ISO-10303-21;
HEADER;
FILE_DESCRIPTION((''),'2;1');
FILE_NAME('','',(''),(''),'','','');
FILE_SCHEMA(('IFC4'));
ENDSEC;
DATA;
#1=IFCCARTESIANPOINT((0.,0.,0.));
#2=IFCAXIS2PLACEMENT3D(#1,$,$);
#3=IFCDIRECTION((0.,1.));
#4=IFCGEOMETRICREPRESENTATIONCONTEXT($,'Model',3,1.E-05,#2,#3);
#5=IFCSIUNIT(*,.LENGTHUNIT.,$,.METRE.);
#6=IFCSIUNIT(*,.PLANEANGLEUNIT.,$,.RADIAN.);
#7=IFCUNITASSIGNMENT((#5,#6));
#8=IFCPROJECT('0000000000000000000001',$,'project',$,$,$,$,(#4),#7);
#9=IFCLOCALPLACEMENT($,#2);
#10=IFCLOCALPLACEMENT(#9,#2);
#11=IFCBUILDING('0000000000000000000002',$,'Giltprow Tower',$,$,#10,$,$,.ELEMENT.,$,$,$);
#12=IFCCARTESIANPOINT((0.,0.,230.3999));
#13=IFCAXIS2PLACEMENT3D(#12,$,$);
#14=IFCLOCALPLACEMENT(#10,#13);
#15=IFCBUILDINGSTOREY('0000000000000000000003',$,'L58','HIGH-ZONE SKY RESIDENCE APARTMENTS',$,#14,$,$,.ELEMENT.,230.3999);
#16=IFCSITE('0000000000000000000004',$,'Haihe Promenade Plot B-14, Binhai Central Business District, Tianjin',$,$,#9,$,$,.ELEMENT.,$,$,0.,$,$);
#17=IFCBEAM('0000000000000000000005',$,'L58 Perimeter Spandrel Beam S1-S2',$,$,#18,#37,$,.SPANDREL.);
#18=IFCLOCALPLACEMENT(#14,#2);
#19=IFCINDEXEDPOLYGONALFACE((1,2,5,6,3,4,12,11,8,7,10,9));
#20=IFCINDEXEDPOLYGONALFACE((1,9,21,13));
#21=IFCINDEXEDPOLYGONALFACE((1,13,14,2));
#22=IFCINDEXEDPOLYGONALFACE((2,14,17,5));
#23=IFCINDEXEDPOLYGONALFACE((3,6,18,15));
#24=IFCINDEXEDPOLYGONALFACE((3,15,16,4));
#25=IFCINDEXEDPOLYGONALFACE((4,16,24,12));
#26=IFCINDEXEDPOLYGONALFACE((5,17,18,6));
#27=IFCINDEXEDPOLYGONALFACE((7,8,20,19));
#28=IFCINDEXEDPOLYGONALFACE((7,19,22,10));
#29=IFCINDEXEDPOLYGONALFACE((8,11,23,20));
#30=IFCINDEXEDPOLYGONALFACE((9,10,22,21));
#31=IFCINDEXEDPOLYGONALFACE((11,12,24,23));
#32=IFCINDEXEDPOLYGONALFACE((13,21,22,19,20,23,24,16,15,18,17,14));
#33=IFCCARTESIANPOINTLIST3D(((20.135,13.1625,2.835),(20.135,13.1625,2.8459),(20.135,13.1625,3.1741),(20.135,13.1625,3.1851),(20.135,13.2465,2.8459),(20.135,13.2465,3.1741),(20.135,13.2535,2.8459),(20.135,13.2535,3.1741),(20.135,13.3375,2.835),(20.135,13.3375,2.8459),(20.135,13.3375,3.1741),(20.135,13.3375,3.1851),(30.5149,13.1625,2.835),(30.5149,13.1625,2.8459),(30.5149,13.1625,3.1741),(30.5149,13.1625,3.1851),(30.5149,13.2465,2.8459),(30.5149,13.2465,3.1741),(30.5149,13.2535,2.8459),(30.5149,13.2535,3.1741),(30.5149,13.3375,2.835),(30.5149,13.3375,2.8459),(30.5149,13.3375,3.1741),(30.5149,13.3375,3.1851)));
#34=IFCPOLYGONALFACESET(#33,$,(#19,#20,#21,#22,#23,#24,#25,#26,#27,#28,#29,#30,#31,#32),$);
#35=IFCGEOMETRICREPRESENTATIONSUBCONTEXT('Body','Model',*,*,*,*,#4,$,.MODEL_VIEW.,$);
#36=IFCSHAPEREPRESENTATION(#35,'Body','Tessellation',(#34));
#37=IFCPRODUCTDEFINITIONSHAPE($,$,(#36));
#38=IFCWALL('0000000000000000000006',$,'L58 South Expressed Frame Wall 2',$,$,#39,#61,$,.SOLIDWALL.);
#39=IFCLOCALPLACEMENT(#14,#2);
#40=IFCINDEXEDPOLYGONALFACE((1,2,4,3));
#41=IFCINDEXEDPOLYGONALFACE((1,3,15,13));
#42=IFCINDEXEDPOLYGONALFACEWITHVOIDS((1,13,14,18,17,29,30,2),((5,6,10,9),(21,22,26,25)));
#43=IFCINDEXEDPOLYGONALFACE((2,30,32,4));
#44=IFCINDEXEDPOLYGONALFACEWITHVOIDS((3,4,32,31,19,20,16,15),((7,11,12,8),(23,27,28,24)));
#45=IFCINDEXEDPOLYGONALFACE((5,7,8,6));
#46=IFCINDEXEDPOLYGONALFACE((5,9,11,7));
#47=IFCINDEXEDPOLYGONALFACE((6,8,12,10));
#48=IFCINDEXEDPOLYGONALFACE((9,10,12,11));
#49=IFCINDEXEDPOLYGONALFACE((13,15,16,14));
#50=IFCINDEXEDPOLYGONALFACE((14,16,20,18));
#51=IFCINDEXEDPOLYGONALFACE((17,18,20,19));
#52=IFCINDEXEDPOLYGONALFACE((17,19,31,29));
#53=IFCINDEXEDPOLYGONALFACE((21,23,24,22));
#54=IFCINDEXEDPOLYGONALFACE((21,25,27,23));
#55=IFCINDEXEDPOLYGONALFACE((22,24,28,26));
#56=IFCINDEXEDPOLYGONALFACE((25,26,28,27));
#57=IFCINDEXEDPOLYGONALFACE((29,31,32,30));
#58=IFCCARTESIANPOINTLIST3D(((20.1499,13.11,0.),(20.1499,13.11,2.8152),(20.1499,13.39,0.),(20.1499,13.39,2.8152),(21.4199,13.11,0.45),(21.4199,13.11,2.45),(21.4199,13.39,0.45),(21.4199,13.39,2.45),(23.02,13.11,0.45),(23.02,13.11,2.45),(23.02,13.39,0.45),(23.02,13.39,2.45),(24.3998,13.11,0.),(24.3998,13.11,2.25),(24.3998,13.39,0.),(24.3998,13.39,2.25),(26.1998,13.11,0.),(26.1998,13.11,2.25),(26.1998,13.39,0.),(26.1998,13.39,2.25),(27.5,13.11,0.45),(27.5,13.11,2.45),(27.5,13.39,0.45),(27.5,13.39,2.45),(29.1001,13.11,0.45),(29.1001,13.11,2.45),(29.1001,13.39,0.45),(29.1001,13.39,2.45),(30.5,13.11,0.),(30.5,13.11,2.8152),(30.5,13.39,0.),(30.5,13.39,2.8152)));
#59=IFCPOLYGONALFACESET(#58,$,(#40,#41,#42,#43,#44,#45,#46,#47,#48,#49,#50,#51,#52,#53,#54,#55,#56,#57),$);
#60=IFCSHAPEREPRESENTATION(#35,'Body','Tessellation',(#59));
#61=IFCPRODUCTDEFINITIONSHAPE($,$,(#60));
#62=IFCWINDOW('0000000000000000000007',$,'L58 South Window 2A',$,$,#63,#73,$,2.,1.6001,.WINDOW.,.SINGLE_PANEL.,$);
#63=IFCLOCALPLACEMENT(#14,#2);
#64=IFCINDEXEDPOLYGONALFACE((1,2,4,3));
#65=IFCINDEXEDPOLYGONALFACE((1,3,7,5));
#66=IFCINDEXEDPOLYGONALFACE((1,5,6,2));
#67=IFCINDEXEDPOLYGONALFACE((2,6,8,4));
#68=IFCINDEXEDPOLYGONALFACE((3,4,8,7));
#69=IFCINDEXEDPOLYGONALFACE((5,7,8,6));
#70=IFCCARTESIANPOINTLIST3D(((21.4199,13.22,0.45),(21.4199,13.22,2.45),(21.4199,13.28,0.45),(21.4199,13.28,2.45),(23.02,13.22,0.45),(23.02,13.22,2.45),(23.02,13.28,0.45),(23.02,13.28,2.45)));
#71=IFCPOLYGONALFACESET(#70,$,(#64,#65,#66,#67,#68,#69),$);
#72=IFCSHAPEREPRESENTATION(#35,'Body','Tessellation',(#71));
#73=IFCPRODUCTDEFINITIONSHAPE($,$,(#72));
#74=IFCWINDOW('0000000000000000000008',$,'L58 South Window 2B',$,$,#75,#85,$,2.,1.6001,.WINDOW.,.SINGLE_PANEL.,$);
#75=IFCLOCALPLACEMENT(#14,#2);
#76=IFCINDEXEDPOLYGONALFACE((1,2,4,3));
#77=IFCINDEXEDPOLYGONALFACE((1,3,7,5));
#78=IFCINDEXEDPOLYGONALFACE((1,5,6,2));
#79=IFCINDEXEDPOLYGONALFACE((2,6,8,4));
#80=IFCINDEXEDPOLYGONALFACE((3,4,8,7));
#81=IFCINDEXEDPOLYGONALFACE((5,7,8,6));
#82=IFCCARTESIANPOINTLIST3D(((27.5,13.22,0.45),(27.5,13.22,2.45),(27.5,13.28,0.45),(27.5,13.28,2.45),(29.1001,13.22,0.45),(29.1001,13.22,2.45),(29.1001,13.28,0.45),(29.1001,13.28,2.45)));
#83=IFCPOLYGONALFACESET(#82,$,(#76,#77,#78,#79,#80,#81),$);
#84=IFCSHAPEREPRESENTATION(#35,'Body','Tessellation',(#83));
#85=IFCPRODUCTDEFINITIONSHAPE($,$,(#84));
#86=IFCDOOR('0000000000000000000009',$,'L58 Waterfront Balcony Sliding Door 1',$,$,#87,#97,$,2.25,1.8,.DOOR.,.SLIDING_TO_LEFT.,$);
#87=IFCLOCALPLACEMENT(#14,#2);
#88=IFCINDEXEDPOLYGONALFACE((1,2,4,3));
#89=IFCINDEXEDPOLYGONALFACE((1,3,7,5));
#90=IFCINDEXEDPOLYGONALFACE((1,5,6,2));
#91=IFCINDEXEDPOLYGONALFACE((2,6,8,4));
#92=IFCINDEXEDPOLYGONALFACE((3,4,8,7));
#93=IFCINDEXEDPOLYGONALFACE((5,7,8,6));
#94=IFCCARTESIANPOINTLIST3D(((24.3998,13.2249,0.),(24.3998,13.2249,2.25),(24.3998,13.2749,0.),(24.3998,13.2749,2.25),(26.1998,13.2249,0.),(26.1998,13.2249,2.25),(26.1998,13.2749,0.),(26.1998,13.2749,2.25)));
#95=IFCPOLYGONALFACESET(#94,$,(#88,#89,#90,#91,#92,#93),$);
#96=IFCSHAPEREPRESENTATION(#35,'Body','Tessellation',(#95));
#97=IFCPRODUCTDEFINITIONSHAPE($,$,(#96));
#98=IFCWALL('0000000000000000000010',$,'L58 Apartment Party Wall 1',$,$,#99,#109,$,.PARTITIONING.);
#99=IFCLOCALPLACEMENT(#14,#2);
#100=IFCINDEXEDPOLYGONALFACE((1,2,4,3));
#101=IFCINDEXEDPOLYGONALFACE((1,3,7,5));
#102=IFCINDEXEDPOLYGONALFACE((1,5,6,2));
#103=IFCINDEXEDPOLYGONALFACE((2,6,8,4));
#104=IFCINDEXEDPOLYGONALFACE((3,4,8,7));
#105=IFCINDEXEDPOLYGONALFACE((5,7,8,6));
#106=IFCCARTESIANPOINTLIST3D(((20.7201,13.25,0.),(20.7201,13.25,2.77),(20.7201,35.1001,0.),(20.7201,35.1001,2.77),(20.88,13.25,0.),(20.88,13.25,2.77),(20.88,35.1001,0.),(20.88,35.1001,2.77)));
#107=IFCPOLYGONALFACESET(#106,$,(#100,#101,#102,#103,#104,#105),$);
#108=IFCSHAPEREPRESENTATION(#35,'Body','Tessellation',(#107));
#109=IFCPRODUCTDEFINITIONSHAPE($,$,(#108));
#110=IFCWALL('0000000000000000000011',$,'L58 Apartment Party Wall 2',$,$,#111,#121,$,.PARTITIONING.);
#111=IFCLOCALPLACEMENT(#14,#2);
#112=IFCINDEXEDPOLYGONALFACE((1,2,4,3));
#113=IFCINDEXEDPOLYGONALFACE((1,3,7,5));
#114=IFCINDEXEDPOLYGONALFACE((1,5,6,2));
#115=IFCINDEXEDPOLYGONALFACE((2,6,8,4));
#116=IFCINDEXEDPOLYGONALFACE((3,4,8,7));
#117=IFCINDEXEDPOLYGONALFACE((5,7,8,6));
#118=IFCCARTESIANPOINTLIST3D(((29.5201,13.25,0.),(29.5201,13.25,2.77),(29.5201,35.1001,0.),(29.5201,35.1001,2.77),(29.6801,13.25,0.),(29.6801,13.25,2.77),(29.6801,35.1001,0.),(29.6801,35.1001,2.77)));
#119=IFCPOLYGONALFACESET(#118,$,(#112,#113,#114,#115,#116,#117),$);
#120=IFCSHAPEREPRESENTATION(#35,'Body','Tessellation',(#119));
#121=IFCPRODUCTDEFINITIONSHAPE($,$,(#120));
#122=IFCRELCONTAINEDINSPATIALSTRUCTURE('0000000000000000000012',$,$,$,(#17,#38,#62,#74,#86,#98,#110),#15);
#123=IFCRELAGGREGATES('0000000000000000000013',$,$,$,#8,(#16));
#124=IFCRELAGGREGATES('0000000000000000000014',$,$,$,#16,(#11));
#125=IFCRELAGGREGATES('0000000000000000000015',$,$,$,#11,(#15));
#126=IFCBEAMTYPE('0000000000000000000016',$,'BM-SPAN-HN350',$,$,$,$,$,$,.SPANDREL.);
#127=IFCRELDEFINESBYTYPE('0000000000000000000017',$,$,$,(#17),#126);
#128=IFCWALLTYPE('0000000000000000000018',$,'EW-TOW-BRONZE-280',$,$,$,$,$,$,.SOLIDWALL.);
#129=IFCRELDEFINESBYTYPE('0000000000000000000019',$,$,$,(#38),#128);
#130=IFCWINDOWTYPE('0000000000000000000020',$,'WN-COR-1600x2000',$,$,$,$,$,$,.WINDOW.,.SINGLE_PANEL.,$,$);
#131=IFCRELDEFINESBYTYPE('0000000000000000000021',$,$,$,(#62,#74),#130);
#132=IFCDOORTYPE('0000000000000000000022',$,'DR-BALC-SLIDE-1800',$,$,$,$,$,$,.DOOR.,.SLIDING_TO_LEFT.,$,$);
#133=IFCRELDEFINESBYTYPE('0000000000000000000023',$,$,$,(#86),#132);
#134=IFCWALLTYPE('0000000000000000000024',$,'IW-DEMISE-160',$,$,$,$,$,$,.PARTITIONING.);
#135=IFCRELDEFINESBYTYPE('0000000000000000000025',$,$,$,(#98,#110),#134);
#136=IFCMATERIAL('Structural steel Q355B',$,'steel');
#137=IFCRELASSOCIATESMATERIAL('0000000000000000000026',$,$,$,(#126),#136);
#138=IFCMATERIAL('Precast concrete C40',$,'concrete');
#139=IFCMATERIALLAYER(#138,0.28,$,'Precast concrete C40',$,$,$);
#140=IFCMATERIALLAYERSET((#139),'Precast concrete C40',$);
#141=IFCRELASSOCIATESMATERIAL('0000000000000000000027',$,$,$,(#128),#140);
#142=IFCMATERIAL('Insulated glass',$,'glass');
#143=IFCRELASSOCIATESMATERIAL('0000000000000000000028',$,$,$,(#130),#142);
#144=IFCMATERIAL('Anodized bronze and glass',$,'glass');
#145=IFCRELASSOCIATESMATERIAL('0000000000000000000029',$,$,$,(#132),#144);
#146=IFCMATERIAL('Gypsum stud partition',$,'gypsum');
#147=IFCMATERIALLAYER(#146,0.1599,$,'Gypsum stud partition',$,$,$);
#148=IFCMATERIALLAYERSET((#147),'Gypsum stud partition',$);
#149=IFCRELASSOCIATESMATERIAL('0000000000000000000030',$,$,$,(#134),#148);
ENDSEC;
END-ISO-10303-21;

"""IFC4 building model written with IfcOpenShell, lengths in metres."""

from ifc_helpers import new_model, si_unit, direction, frame, frame_2d, origin, origin_2d, place, context, subcontext, project, spatial, rectangle, i_section, extrude, source, transform, mapped, material, layer, layer_set, material_profile, profile_set, type_object, element, fill, save


model = new_model("IFC4")

# Units and contexts
model_context = context("Model", 3, precision=1e-05, world=origin(), true_north=direction((0.0, 1.0)))
body_context = subcontext(model_context, "Body", "Model", "MODEL_VIEW")
ifc_project = project(units=[si_unit("LENGTHUNIT", "METRE"), si_unit("PLANEANGLEUNIT", "RADIAN")], contexts=[model_context])

# Site, building, storey
site_placement = place(None, origin())
site = spatial("IfcSite", under=ifc_project, at=site_placement, Name="Haihe Promenade Plot B-14, Binhai Central Business District, Tianjin", CompositionType="ELEMENT", RefElevation=0.0)
building_placement = place(site_placement, origin())
building = spatial("IfcBuilding", under=site, at=building_placement, Name="Giltprow Tower", CompositionType="ELEMENT")
storey_placement = place(building_placement, frame((0.0, 0.0, 230.3999)))
storey = spatial("IfcBuildingStorey", under=building, at=storey_placement, Name="L58", Description="HIGH-ZONE SKY RESIDENCE APARTMENTS", CompositionType="ELEMENT", Elevation=230.3999)

# Shared definitions
ifc_material_1 = material(Name="Structural steel Q355B", Category="steel")

# Beam
ifc_material_profile_1 = material_profile(ifc_material_1, i_section(OverallWidth=0.175, OverallDepth=0.3501, WebThickness=0.0071, FlangeThickness=0.011, at=origin_2d()), Name="HN 350x175x7x11")
ifc_profile_set_1 = profile_set([ifc_material_profile_1], Name="Structural steel Q355B")
beam_type_1 = type_object("IfcBeamType", Name="BM-SPAN-HN350", PredefinedType="SPANDREL", material=ifc_profile_set_1)
shared_shape_1 = source(origin(), body_context, "Body", "SweptSolid", [
    extrude(i_section(OverallWidth=0.175, OverallDepth=0.3501, WebThickness=0.0071, FlangeThickness=0.011, at=origin_2d()), origin(), (0.0, 0.0, 1.0), 10.3799),
])
beam_placement = place(storey_placement, frame((20.135, 13.25, 3.01), z_axis=(1.0, 0.0, 0.0), x_axis=(0.0, 1.0, 0.0)))
element("IfcBeam", 1, at=beam_placement, inside=storey, type_object=beam_type_1, Name="L58 Perimeter Spandrel Beam S1-S2", PredefinedType="SPANDREL", context=body_context, shape_type="MappedRepresentation", body=[
    mapped(shared_shape_1, transform((0.0, 0.0, 0.0), x_axis=(1.0, 0.0, 0.0), y_axis=(0.0, 1.0, 0.0), z_axis=(0.0, 0.0, 1.0), scale=1.0)),
])

# Wall, openings, windows, door
ifc_material_2 = material(Name="Precast concrete C40", Category="concrete")
ifc_layer_1 = layer(ifc_material_2, 0.28, Name="Precast concrete C40")
ifc_layer_set_1 = layer_set([ifc_layer_1], Name="Precast concrete C40")
wall_type_1 = type_object("IfcWallType", Name="EW-TOW-BRONZE-280", PredefinedType="SOLIDWALL", material=ifc_layer_set_1)
wall_1_placement = place(storey_placement, frame((20.1499, 13.25, 0.0), z_axis=(0.0, 0.0, 1.0), x_axis=(1.0, 0.0, 0.0)))
wall_1 = element("IfcWall", 2, at=wall_1_placement, inside=storey, type_object=wall_type_1, Name="L58 South Expressed Frame Wall 2", PredefinedType="SOLIDWALL", context=body_context, shape_type="SweptSolid", body=[
    extrude(rectangle(XDim=10.3501, YDim=0.28, at=frame_2d((5.175, 0.0))), origin(), (0.0, 0.0, 1.0), 2.8152),
])
opening_1_placement = place(wall_1_placement, frame((4.25, 0.0, 0.0)))
opening_1 = element("IfcOpeningElement", 3, at=opening_1_placement, cuts=wall_1, PredefinedType="OPENING", context=body_context, shape_type="SweptSolid", body=[
    extrude(rectangle(XDim=1.8, YDim=2.25, at=frame_2d((0.8999, 1.125))), frame((0.0, 0.1499, 0.0), z_axis=(0.0, -1.0, 0.0), x_axis=(1.0, 0.0, 0.0)), (0.0, 0.0, 1.0), 0.3),
])
opening_2_placement = place(wall_1_placement, frame((1.27, 0.0, 0.45)))
opening_2 = element("IfcOpeningElement", 4, at=opening_2_placement, cuts=wall_1, PredefinedType="OPENING", context=body_context, shape_type="SweptSolid", body=[
    extrude(rectangle(XDim=1.6001, YDim=2.0, at=frame_2d((0.8, 1.0))), frame((0.0, 0.1499, 0.0), z_axis=(0.0, -1.0, 0.0), x_axis=(1.0, 0.0, 0.0)), (0.0, 0.0, 1.0), 0.3),
])
opening_3_placement = place(wall_1_placement, frame((7.3501, 0.0, 0.45)))
opening_3 = element("IfcOpeningElement", 5, at=opening_3_placement, cuts=wall_1, PredefinedType="OPENING", context=body_context, shape_type="SweptSolid", body=[
    extrude(rectangle(XDim=1.6001, YDim=2.0, at=frame_2d((0.8, 1.0))), frame((0.0, 0.1499, 0.0), z_axis=(0.0, -1.0, 0.0), x_axis=(1.0, 0.0, 0.0)), (0.0, 0.0, 1.0), 0.3),
])
ifc_material_3 = material(Name="Insulated glass", Category="glass")
window_type = type_object("IfcWindowType", Name="WN-COR-1600x2000", PartitioningType="SINGLE_PANEL", PredefinedType="WINDOW", material=ifc_material_3)
shared_shape_2 = source(origin(), body_context, "Body", "SweptSolid", [
    extrude(rectangle(XDim=1.6001, YDim=2.0, at=frame_2d((0.8, 1.0))), frame((0.0, 0.03, 0.0), z_axis=(0.0, -1.0, 0.0), x_axis=(1.0, 0.0, 0.0)), (0.0, 0.0, 1.0), 0.0601),
])
window_1_placement = place(opening_2_placement, origin())
window_1 = element("IfcWindow", 6, at=window_1_placement, inside=storey, type_object=window_type, Name="L58 South Window 2A", OverallHeight=2.0, OverallWidth=1.6001, PartitioningType="SINGLE_PANEL", PredefinedType="WINDOW", context=body_context, shape_type="MappedRepresentation", body=[
    mapped(shared_shape_2, transform((0.0, 0.0, 0.0), x_axis=(1.0, 0.0, 0.0), y_axis=(0.0, 1.0, 0.0), z_axis=(0.0, 0.0, 1.0), scale=1.0)),
])
fill(opening_2, window_1)
window_2_placement = place(opening_3_placement, origin())
window_2 = element("IfcWindow", 7, at=window_2_placement, inside=storey, type_object=window_type, Name="L58 South Window 2B", OverallHeight=2.0, OverallWidth=1.6001, PartitioningType="SINGLE_PANEL", PredefinedType="WINDOW", context=body_context, shape_type="MappedRepresentation", body=[
    mapped(shared_shape_2, transform((0.0, 0.0, 0.0), x_axis=(1.0, 0.0, 0.0), y_axis=(0.0, 1.0, 0.0), z_axis=(0.0, 0.0, 1.0), scale=1.0)),
])
fill(opening_3, window_2)
ifc_material_4 = material(Name="Anodized bronze and glass", Category="glass")
door_type_1 = type_object("IfcDoorType", Name="DR-BALC-SLIDE-1800", OperationType="SLIDING_TO_LEFT", PredefinedType="DOOR", material=ifc_material_4)
shared_shape_3 = source(origin(), body_context, "Body", "SweptSolid", [
    extrude(rectangle(XDim=1.8, YDim=2.25, at=frame_2d((0.8999, 1.125))), frame((0.0, 0.0249, 0.0), z_axis=(0.0, -1.0, 0.0), x_axis=(1.0, 0.0, 0.0)), (0.0, 0.0, 1.0), 0.05),
])
door_1_placement = place(opening_1_placement, origin())
door_1 = element("IfcDoor", 8, at=door_1_placement, inside=storey, type_object=door_type_1, Name="L58 Waterfront Balcony Sliding Door 1", OperationType="SLIDING_TO_LEFT", OverallHeight=2.25, OverallWidth=1.8, PredefinedType="DOOR", context=body_context, shape_type="MappedRepresentation", body=[
    mapped(shared_shape_3, transform((0.0, 0.0, 0.0), x_axis=(1.0, 0.0, 0.0), y_axis=(0.0, 1.0, 0.0), z_axis=(0.0, 0.0, 1.0), scale=1.0)),
])
fill(opening_1, door_1)

# Walls
ifc_material_5 = material(Name="Gypsum stud partition", Category="gypsum")
ifc_layer_2 = layer(ifc_material_5, 0.1599, Name="Gypsum stud partition")
ifc_layer_set_2 = layer_set([ifc_layer_2], Name="Gypsum stud partition")
wall_type_2 = type_object("IfcWallType", Name="IW-DEMISE-160", PredefinedType="PARTITIONING", material=ifc_layer_set_2)
for number, where, z_axis, x_axis, name in (
    (9, (20.8, 13.25, 0.0), (0.0, 0.0, 1.0), (0.0, 1.0, 0.0), "L58 Apartment Party Wall 1"),
    (10, (29.6001, 13.25, 0.0), (0.0, 0.0, 1.0), (0.0, 1.0, 0.0), "L58 Apartment Party Wall 2"),
):
    element("IfcWall", number, at=place(storey_placement, frame(where, z_axis=z_axis, x_axis=x_axis)), inside=storey, type_object=wall_type_2, Name=name, PredefinedType="PARTITIONING", context=body_context, shape_type="SweptSolid", body=[
        extrude(rectangle(XDim=21.8501, YDim=0.1599, at=frame_2d((10.925, 0.0))), origin(), (0.0, 0.0, 1.0), 2.77),
    ])

save(model, "model.ifc")
